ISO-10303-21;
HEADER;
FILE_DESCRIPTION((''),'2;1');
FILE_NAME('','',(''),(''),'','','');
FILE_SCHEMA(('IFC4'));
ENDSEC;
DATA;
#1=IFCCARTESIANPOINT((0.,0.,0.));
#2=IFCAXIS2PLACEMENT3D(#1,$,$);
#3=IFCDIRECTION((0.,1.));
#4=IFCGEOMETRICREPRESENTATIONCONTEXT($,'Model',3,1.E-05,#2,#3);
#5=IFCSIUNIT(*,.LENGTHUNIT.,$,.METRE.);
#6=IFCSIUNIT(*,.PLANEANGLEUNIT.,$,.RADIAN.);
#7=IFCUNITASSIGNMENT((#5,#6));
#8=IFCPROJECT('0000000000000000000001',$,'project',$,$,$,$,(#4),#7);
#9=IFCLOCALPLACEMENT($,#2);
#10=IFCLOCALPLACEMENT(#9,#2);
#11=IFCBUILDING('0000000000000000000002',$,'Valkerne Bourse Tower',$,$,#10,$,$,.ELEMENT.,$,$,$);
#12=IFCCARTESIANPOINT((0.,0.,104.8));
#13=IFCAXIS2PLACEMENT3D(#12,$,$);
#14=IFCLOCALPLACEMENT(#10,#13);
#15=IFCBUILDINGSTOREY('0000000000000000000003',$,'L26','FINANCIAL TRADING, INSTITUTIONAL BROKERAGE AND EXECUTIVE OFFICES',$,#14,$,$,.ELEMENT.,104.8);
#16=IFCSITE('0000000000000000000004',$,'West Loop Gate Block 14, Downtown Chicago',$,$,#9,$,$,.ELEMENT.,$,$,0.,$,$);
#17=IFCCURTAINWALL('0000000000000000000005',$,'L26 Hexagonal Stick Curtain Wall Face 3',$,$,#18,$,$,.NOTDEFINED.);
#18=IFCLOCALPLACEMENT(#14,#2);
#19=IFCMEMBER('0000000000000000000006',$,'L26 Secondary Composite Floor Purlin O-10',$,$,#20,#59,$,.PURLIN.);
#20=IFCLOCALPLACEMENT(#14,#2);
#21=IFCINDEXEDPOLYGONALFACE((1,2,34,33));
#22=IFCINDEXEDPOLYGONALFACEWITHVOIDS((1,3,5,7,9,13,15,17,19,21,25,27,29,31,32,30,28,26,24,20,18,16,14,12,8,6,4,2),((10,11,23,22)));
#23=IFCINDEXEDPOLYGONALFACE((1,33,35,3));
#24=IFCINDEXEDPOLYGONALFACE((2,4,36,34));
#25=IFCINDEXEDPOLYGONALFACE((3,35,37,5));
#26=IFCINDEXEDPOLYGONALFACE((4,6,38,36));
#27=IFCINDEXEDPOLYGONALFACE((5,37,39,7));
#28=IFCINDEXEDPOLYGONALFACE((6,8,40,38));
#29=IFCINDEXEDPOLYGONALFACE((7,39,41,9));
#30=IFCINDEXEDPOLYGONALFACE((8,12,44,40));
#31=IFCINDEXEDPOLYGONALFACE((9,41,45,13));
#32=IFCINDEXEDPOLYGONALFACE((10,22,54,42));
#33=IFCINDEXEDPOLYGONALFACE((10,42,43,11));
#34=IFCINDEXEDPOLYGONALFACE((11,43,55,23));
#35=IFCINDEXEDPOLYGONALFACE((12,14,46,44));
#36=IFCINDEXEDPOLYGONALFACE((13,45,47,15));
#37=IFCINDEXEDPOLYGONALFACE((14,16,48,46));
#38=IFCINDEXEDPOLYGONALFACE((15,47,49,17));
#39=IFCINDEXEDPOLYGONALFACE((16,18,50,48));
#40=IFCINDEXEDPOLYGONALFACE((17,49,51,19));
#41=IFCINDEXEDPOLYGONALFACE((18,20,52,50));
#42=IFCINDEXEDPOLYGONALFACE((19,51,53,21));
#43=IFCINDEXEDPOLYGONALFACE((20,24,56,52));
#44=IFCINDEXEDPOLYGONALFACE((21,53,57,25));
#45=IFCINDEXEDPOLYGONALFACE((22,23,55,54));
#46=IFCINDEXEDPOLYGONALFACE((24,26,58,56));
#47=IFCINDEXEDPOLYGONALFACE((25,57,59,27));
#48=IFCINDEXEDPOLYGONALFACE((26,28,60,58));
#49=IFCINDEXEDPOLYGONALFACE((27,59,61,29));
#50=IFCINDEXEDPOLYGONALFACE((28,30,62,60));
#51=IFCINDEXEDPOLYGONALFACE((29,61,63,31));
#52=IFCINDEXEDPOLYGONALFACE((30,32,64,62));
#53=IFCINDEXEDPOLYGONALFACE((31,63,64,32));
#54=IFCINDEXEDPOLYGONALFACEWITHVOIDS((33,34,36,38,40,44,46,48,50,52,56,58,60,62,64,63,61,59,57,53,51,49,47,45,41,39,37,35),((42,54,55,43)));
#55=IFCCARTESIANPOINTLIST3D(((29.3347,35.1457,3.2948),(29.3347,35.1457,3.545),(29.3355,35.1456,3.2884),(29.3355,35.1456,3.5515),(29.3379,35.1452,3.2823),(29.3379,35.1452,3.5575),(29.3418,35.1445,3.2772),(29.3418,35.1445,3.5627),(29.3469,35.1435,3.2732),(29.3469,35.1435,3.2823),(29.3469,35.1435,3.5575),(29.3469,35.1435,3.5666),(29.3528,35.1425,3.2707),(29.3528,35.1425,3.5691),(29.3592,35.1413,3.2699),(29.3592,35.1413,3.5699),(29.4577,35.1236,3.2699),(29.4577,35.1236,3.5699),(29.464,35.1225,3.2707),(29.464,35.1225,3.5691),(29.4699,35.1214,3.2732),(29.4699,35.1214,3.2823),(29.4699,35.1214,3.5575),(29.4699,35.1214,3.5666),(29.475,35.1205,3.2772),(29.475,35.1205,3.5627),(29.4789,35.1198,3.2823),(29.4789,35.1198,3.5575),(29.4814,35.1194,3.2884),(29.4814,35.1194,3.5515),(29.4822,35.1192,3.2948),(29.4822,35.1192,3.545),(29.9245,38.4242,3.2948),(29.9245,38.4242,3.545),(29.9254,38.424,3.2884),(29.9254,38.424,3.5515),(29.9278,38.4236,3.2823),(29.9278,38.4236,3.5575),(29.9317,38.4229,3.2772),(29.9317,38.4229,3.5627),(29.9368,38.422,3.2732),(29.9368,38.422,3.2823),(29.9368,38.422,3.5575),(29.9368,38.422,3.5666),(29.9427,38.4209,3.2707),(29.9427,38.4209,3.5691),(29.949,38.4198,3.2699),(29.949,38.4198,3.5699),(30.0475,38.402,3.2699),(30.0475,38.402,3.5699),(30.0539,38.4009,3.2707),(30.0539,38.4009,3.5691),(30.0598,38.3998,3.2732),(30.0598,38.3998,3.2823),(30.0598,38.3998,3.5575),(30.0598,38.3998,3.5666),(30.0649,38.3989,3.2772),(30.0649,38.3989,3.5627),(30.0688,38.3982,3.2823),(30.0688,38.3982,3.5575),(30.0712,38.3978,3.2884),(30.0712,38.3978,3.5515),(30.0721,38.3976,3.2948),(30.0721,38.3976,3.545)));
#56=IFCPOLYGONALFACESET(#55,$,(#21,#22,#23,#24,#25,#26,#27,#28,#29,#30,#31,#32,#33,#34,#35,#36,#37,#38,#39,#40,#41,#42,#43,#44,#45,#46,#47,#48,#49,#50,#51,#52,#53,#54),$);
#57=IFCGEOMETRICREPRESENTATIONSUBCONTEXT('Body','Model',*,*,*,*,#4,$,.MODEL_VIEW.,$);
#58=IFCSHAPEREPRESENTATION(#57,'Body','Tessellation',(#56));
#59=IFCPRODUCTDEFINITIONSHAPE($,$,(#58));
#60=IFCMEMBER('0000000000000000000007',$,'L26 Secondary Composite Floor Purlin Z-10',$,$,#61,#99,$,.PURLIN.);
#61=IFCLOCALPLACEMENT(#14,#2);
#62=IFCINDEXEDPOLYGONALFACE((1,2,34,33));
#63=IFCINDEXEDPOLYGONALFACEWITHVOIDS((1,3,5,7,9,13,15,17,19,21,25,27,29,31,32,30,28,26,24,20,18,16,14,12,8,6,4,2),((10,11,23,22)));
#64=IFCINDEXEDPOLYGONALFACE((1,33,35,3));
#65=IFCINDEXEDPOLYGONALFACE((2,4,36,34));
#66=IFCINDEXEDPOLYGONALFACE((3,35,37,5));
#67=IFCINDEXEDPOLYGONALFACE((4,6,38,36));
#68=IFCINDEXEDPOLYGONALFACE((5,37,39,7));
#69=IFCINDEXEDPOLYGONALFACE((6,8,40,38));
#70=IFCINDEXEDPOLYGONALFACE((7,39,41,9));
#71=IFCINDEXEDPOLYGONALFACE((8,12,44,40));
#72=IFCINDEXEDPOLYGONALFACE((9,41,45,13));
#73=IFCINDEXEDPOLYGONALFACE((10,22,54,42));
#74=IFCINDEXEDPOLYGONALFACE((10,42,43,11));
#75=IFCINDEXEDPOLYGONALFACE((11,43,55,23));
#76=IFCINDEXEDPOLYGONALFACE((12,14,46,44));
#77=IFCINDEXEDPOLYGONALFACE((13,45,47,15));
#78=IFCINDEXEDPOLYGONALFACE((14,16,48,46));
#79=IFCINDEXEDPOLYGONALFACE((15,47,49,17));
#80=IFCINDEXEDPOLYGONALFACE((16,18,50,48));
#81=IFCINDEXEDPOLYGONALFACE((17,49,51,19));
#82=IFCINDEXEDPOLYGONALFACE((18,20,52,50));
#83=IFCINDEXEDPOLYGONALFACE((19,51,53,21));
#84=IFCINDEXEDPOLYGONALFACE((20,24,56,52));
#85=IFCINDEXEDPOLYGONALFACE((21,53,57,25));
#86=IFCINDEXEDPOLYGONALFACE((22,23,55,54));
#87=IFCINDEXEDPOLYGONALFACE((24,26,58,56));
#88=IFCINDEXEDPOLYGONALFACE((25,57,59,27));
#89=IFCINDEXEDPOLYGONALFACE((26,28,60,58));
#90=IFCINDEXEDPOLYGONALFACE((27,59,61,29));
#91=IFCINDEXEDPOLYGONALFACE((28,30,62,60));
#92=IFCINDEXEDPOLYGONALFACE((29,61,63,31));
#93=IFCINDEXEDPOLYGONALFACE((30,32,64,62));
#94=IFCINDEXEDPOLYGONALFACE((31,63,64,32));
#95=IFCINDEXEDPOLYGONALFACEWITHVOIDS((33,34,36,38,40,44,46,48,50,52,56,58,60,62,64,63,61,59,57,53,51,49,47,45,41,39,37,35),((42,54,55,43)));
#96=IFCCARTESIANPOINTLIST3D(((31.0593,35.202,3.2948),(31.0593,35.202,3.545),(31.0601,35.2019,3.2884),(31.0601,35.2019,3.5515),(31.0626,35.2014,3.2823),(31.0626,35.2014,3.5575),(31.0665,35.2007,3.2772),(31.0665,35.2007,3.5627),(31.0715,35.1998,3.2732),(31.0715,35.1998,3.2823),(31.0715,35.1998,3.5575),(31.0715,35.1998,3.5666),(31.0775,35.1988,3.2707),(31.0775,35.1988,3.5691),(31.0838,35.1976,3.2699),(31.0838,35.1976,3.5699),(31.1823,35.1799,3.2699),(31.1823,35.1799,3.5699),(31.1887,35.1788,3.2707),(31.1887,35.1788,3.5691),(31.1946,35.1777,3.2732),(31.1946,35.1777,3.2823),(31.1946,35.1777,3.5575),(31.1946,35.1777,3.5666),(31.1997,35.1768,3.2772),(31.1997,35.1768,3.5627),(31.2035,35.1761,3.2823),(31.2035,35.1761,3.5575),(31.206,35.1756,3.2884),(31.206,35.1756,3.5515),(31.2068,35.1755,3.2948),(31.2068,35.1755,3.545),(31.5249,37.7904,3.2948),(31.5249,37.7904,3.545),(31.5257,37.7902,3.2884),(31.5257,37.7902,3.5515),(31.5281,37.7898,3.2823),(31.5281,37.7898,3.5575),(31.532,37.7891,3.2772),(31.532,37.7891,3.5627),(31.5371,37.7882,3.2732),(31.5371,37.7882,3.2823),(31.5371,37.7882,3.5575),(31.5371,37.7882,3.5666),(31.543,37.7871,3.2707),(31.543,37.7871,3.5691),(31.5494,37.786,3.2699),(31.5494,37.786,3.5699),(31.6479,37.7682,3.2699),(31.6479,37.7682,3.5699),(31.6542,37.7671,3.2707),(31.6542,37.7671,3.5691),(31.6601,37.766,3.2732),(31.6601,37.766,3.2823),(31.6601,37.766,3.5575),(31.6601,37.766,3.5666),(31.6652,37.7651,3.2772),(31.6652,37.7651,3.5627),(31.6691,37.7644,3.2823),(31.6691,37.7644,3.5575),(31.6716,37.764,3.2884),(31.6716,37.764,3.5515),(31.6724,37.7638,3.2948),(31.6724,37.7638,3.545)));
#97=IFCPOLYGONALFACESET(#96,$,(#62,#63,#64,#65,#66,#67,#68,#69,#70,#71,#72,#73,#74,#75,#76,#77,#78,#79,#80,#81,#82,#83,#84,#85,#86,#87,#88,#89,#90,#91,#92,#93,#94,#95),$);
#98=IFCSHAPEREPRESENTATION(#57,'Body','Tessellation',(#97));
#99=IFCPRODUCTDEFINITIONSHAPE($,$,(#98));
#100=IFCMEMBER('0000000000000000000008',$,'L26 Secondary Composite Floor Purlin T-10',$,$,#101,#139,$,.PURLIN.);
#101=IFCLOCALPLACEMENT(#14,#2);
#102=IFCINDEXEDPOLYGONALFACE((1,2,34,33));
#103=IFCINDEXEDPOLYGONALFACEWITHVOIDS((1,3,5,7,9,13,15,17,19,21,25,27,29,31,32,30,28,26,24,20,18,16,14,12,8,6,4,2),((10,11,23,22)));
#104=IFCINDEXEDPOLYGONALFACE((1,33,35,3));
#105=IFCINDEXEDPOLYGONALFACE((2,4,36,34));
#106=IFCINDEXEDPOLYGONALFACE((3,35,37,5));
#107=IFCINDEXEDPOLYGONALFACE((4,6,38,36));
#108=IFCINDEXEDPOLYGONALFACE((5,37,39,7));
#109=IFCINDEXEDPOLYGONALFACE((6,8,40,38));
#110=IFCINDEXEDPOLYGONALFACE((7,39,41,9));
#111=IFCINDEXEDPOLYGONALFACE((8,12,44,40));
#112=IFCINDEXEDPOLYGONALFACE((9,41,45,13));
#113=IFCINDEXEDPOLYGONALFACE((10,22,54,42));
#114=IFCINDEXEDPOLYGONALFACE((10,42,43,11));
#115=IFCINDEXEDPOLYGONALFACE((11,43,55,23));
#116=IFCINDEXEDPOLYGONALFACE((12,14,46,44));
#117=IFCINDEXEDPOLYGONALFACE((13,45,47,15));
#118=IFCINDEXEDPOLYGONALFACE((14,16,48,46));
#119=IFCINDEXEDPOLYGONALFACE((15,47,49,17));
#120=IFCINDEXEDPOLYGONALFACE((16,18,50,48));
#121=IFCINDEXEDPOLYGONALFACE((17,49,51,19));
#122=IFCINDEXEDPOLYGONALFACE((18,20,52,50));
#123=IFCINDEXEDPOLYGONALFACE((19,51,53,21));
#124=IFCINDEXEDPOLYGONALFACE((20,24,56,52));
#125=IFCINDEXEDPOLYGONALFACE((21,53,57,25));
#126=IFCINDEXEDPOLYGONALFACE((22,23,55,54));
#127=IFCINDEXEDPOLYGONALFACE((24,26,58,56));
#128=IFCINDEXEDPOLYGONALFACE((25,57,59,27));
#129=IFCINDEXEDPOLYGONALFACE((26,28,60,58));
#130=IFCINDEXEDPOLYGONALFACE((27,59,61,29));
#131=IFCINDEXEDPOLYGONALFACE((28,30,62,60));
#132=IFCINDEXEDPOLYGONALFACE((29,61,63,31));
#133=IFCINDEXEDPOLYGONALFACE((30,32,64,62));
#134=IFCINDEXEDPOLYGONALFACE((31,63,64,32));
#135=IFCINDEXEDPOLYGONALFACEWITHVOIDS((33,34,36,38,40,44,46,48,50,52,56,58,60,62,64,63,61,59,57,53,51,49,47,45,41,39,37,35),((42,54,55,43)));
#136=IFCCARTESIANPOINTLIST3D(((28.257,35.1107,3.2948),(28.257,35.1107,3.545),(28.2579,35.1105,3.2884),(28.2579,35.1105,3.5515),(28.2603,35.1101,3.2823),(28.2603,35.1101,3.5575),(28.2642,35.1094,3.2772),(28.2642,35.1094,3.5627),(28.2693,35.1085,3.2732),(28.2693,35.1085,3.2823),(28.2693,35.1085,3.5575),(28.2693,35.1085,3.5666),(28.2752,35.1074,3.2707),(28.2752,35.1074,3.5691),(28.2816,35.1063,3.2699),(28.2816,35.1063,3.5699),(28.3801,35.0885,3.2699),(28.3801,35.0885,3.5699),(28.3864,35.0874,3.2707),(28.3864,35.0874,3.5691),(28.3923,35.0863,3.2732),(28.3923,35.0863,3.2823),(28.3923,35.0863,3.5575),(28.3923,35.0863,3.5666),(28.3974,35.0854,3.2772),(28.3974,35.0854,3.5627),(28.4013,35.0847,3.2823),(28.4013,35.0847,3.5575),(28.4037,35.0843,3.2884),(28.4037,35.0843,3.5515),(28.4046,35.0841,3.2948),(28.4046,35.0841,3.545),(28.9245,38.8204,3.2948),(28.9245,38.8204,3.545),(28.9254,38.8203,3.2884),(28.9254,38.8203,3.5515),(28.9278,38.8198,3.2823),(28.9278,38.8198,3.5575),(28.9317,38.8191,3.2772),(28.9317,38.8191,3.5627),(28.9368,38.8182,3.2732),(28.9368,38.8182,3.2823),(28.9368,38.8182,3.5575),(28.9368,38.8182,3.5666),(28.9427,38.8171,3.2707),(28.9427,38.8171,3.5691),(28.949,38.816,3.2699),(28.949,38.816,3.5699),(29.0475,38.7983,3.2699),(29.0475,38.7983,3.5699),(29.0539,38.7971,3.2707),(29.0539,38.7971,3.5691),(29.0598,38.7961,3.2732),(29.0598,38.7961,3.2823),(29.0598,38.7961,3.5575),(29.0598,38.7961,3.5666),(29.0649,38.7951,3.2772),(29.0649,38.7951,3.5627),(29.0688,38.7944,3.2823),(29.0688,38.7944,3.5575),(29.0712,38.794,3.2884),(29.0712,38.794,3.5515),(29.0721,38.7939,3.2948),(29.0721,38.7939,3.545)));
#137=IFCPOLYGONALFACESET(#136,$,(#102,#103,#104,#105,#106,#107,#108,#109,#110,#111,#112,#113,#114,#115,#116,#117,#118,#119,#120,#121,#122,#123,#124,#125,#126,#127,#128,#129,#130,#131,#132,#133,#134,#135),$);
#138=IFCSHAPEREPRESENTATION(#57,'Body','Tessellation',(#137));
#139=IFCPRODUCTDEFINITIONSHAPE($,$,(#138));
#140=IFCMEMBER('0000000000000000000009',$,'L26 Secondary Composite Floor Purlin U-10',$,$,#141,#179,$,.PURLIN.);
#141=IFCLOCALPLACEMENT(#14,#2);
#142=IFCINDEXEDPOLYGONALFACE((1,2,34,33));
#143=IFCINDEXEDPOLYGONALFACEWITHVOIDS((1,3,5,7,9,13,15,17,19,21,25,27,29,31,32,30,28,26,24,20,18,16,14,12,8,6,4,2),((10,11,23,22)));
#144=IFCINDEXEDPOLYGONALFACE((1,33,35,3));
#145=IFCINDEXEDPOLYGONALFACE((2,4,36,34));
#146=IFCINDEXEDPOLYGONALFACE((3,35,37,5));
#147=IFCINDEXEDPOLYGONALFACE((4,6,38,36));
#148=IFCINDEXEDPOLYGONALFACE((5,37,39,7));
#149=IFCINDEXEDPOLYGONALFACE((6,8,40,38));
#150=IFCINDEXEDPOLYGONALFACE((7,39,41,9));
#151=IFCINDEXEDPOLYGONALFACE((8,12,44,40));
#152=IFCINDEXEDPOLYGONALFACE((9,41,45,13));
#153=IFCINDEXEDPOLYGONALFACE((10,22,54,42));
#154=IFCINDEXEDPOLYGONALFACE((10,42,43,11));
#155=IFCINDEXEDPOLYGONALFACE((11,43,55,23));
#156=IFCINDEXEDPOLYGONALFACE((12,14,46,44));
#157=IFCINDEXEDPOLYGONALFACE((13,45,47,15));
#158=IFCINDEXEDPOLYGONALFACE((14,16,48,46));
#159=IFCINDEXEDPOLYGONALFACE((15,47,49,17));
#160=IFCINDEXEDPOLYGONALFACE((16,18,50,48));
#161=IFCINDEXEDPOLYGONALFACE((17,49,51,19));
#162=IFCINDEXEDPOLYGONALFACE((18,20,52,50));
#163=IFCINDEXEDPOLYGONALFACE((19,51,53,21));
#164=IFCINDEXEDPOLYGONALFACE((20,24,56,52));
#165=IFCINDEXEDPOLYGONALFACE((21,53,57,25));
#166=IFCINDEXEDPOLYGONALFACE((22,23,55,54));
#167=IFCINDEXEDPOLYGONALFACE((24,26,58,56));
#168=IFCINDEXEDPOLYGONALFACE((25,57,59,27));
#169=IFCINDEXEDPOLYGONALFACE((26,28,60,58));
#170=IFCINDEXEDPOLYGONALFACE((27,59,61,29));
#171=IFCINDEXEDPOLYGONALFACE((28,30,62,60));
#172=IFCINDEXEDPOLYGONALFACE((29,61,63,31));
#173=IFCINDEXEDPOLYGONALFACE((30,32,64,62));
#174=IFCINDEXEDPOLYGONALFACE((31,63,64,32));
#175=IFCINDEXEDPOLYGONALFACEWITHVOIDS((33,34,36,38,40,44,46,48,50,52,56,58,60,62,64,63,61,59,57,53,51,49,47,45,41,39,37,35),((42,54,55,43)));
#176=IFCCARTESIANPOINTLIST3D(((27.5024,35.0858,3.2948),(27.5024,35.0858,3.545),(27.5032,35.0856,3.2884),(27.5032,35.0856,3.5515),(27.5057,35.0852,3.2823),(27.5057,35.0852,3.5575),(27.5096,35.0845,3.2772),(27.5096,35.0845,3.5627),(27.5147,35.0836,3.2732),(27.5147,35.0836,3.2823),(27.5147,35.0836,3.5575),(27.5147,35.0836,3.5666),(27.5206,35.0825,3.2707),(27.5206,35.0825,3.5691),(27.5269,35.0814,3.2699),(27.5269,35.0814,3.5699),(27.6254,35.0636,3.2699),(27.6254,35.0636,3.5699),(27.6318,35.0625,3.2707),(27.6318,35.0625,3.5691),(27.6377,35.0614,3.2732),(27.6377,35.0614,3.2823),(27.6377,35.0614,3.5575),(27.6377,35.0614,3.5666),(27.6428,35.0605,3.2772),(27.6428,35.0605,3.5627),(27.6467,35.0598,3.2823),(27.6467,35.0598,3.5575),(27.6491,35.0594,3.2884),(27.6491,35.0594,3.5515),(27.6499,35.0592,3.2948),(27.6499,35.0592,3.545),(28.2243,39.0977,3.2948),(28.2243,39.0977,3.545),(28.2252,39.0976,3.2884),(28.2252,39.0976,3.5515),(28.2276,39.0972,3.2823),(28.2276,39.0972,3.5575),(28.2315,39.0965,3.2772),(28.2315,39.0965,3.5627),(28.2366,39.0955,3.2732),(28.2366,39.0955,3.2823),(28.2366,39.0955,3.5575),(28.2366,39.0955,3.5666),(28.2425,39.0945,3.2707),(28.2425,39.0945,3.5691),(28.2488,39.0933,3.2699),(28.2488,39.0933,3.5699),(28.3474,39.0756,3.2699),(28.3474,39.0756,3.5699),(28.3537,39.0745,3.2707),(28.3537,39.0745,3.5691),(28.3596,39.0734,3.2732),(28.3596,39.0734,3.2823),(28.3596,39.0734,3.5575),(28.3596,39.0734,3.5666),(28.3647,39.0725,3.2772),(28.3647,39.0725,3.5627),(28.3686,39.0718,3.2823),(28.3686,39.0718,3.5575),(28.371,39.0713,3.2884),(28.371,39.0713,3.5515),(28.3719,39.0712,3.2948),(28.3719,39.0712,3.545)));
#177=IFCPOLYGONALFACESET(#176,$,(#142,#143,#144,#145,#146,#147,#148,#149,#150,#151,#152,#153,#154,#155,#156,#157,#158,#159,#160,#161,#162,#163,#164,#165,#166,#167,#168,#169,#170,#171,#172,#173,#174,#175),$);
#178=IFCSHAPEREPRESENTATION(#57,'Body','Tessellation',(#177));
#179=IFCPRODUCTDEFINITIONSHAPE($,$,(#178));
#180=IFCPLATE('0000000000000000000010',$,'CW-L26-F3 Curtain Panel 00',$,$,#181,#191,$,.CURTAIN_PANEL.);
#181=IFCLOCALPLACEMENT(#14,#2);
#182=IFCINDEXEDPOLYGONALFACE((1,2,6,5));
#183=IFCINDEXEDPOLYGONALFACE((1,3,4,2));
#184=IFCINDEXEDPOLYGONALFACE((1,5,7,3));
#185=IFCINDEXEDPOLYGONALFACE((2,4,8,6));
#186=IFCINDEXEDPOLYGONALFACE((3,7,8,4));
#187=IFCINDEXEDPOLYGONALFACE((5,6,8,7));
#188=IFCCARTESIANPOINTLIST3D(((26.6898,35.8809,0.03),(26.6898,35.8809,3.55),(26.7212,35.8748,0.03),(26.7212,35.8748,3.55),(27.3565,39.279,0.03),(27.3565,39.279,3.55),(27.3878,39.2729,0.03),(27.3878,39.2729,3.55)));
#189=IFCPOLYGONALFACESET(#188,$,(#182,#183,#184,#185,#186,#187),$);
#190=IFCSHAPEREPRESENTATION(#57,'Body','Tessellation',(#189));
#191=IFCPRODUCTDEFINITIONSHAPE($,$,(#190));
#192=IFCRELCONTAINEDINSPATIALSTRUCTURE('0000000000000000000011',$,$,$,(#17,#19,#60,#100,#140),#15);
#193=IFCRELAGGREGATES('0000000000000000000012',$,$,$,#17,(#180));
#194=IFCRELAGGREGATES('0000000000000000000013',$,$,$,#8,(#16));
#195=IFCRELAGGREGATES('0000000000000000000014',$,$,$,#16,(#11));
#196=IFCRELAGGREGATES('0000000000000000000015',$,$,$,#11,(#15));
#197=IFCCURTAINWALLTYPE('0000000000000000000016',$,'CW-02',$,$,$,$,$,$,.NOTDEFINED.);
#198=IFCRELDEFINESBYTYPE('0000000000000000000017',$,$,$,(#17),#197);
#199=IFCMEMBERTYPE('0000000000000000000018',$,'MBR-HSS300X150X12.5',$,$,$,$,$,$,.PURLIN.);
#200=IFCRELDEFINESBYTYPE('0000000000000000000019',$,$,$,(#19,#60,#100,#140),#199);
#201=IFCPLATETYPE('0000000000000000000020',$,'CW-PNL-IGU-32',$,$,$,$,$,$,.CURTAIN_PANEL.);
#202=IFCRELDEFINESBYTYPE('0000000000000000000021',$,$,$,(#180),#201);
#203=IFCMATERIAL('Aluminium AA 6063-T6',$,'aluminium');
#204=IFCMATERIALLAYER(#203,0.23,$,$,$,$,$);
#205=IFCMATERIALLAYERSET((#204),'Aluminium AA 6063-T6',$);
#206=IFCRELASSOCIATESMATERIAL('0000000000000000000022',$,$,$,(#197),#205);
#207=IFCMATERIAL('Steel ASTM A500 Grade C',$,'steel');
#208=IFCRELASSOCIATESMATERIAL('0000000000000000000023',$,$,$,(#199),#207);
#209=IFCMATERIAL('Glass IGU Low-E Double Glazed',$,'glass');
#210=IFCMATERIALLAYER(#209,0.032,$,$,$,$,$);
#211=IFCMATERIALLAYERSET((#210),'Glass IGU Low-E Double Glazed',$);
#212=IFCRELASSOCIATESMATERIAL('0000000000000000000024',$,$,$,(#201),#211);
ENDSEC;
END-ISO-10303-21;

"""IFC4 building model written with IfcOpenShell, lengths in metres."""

from ifc_helpers import new_model, si_unit, direction, frame, origin, origin_2d, place, context, subcontext, project, spatial, rectangle, hollow_rectangle, extrude, material, layer, layer_set, material_profile, profile_set, type_object, element, aggregate, save


model = new_model("IFC4")

# Units and contexts
model_context = context("Model", 3, precision=1e-05, world=origin(), true_north=direction((0.0, 1.0)))
body_context = subcontext(model_context, "Body", "Model", "MODEL_VIEW")
ifc_project = project(units=[si_unit("LENGTHUNIT", "METRE"), si_unit("PLANEANGLEUNIT", "RADIAN")], contexts=[model_context])

# Site, building, storey
site_placement = place(None, origin())
site = spatial("IfcSite", under=ifc_project, at=site_placement, Name="West Loop Gate Block 14, Downtown Chicago", CompositionType="ELEMENT", RefElevation=0.0)
building_placement = place(site_placement, origin())
building = spatial("IfcBuilding", under=site, at=building_placement, Name="Valkerne Bourse Tower", CompositionType="ELEMENT")
storey_placement = place(building_placement, frame((0.0, 0.0, 104.8)))
storey = spatial("IfcBuildingStorey", under=building, at=storey_placement, Name="L26", Description="FINANCIAL TRADING, INSTITUTIONAL BROKERAGE AND EXECUTIVE OFFICES", CompositionType="ELEMENT", Elevation=104.8)

# Curtain wall
ifc_material_1 = material(Name="Aluminium AA 6063-T6", Category="aluminium")
ifc_layer_1 = layer(ifc_material_1, 0.23)
ifc_layer_set_1 = layer_set([ifc_layer_1], Name="Aluminium AA 6063-T6")
curtain_wall_type = type_object("IfcCurtainWallType", Name="CW-02", PredefinedType="NOTDEFINED", material=ifc_layer_set_1)
curtain_wall_placement = place(storey_placement, origin())
curtain_wall = element("IfcCurtainWall", 1, at=curtain_wall_placement, inside=storey, type_object=curtain_wall_type, Name="L26 Hexagonal Stick Curtain Wall Face 3", PredefinedType="NOTDEFINED")

# Members
ifc_material_2 = material(Name="Steel ASTM A500 Grade C", Category="steel")
ifc_material_profile_1 = material_profile(ifc_material_2, hollow_rectangle(XDim=0.1499, YDim=0.3, WallThickness=0.0125, OuterFilletRadius=0.0249, at=origin_2d()), Name="HSS300X150X12.5")
ifc_profile_set_1 = profile_set([ifc_material_profile_1], Name="Steel ASTM A500 Grade C")
member_type_1 = type_object("IfcMemberType", Name="MBR-HSS300X150X12.5", PredefinedType="PURLIN", material=ifc_profile_set_1)
member_1_placement = place(storey_placement, frame((29.9983, 38.4109, 3.4199), z_axis=(-0.177079, -0.984197, 0.0), x_axis=(0.984197, -0.177079, 0.0)))
element("IfcMember", 2, at=member_1_placement, inside=storey, type_object=member_type_1, Name="L26 Secondary Composite Floor Purlin O-10", PredefinedType="PURLIN", context=body_context, shape_type="SweptSolid", body=[
    extrude(hollow_rectangle(XDim=0.1499, YDim=0.3, WallThickness=0.0125, OuterFilletRadius=0.0249, at=origin_2d()), origin(), (0.0, 0.0, 1.0), 3.3311),
])
member_2_placement = place(storey_placement, frame((31.5986, 37.7771, 3.4199), z_axis=(-0.177031, -0.984205, 0.0), x_axis=(0.984205, -0.177031, 0.0)))
element("IfcMember", 3, at=member_2_placement, inside=storey, type_object=member_type_1, Name="L26 Secondary Composite Floor Purlin Z-10", PredefinedType="PURLIN", context=body_context, shape_type="SweptSolid", body=[
    extrude(hollow_rectangle(XDim=0.1499, YDim=0.3, WallThickness=0.0125, OuterFilletRadius=0.0249, at=origin_2d()), origin(), (0.0, 0.0, 1.0), 2.6299),
])
member_3_placement = place(storey_placement, frame((28.9983, 38.8071, 3.4199), z_axis=(-0.177084, -0.984196, 0.0), x_axis=(0.984196, -0.177084, 0.0)))
element("IfcMember", 4, at=member_3_placement, inside=storey, type_object=member_type_1, Name="L26 Secondary Composite Floor Purlin T-10", PredefinedType="PURLIN", context=body_context, shape_type="SweptSolid", body=[
    extrude(hollow_rectangle(XDim=0.1499, YDim=0.3, WallThickness=0.0125, OuterFilletRadius=0.0249, at=origin_2d()), origin(), (0.0, 0.0, 1.0), 3.7693),
])
member_4_placement = place(storey_placement, frame((28.2981, 39.0845, 3.4199), z_axis=(-0.177098, -0.984193, 0.0), x_axis=(0.984193, -0.177098, 0.0)))
element("IfcMember", 5, at=member_4_placement, inside=storey, type_object=member_type_1, Name="L26 Secondary Composite Floor Purlin U-10", PredefinedType="PURLIN", context=body_context, shape_type="SweptSolid", body=[
    extrude(hollow_rectangle(XDim=0.1499, YDim=0.3, WallThickness=0.0125, OuterFilletRadius=0.0249, at=origin_2d()), origin(), (0.0, 0.0, 1.0), 4.0764),
])

# Plate
ifc_material_3 = material(Name="Glass IGU Low-E Double Glazed", Category="glass")
ifc_layer_2 = layer(ifc_material_3, 0.032)
ifc_layer_set_2 = layer_set([ifc_layer_2], Name="Glass IGU Low-E Double Glazed")
plate_type = type_object("IfcPlateType", Name="CW-PNL-IGU-32", PredefinedType="CURTAIN_PANEL", material=ifc_layer_set_2)
plate_1_placement = place(storey_placement, frame((27.0388, 37.5769, 0.03), z_axis=(0.0, 0.0, 1.0), x_axis=(-0.192517, -0.981294, 0.0)))
plate_1 = element("IfcPlate", 6, at=plate_1_placement, type_object=plate_type, Name="CW-L26-F3 Curtain Panel 00", PredefinedType="CURTAIN_PANEL", context=body_context, shape_type="SweptSolid", body=[
    extrude(rectangle(XDim=3.4629, YDim=0.032, at=origin_2d()), origin(), (0.0, 0.0, 1.0), 3.52),
])
aggregate(curtain_wall, [plate_1])

save(model, "model.ifc")
